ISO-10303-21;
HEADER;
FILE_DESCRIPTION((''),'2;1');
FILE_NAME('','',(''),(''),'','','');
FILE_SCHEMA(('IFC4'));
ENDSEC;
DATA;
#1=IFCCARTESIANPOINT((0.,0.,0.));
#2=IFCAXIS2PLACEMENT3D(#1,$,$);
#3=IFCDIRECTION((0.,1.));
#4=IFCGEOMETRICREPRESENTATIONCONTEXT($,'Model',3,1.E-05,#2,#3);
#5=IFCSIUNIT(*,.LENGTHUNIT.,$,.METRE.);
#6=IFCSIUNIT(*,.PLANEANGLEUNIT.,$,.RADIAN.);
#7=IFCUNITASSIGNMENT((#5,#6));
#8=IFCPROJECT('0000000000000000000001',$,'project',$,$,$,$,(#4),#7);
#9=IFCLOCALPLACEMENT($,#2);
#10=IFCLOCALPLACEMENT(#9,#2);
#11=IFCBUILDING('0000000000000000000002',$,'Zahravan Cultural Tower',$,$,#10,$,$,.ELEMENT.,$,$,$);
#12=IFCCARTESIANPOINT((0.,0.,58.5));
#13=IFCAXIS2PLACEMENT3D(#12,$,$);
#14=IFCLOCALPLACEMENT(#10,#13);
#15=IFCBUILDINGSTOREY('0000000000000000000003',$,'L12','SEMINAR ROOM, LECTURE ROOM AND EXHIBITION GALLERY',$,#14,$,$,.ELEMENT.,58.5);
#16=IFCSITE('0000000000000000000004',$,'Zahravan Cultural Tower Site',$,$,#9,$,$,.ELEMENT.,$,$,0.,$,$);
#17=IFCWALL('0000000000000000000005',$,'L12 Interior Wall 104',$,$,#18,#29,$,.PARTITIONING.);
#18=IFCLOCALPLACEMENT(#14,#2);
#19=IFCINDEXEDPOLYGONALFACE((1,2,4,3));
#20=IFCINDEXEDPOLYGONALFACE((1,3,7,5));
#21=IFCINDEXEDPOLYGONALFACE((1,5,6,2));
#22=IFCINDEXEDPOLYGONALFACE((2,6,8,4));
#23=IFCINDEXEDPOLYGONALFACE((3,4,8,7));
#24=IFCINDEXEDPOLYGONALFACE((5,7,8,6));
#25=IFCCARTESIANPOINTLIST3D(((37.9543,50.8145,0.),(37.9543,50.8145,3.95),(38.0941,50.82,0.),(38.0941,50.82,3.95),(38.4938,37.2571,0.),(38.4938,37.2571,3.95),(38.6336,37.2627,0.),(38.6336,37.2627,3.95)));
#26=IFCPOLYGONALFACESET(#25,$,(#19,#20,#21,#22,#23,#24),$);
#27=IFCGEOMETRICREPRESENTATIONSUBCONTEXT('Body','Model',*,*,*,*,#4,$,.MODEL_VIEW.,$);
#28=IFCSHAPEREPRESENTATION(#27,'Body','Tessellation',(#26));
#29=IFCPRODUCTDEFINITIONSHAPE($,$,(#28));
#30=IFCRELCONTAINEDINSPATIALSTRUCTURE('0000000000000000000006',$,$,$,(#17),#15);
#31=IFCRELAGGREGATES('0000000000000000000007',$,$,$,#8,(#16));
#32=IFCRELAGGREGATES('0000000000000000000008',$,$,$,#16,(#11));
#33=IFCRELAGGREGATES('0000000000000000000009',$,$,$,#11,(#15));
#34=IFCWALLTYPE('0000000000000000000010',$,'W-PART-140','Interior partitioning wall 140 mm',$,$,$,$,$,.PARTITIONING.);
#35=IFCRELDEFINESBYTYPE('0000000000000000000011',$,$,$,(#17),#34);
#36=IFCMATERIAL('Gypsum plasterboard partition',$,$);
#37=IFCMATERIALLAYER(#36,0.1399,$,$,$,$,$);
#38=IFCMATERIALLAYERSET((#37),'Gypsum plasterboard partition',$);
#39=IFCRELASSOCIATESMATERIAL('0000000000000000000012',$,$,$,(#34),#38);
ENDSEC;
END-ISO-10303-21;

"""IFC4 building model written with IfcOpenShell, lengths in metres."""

from ifc_helpers import new_model, si_unit, direction, frame, frame_2d, origin, place, context, subcontext, project, spatial, rectangle, extrude, source, transform, mapped, material, layer, layer_set, type_object, element, save


model = new_model("IFC4")

# Units and contexts
model_context = context("Model", 3, precision=1e-05, world=origin(), true_north=direction((0.0, 1.0)))
body_context = subcontext(model_context, "Body", "Model", "MODEL_VIEW")
ifc_project = project(units=[si_unit("LENGTHUNIT", "METRE"), si_unit("PLANEANGLEUNIT", "RADIAN")], contexts=[model_context])

# Site, building, storey
site_placement = place(None, origin())
site = spatial("IfcSite", under=ifc_project, at=site_placement, Name="Zahravan Cultural Tower Site", CompositionType="ELEMENT", RefElevation=0.0)
building_placement = place(site_placement, origin())
building = spatial("IfcBuilding", under=site, at=building_placement, Name="Zahravan Cultural Tower", CompositionType="ELEMENT")
storey_placement = place(building_placement, frame((0.0, 0.0, 58.5)))
storey = spatial("IfcBuildingStorey", under=building, at=storey_placement, Name="L12", Description="SEMINAR ROOM, LECTURE ROOM AND EXHIBITION GALLERY", CompositionType="ELEMENT", Elevation=58.5)

# Wall
ifc_material_1 = material(Name="Gypsum plasterboard partition")
ifc_layer_1 = layer(ifc_material_1, 0.1399)
ifc_layer_set_1 = layer_set([ifc_layer_1], Name="Gypsum plasterboard partition")
wall_type_1 = type_object("IfcWallType", Name="W-PART-140", Description="Interior partitioning wall 140 mm", PredefinedType="PARTITIONING", material=ifc_layer_set_1)
shared_shape_1 = source(origin(), body_context, "Body", "SweptSolid", [
    extrude(rectangle(XDim=13.5681, YDim=0.1399, at=frame_2d((6.7842, 0.0))), origin(), (0.0, 0.0, 1.0), 3.95),
])
wall_1_placement = place(storey_placement, frame((38.0242, 50.8174, 0.0), z_axis=(0.0, 0.0, 1.0), x_axis=(0.039766, -0.999209, 0.0)))
element("IfcWall", 1, at=wall_1_placement, inside=storey, type_object=wall_type_1, Name="L12 Interior Wall 104", PredefinedType="PARTITIONING", context=body_context, shape_type="MappedRepresentation", body=[
    mapped(shared_shape_1, transform((0.0, 0.0, 0.0), x_axis=(1.0, 0.0, 0.0), y_axis=(0.0, 1.0, 0.0), z_axis=(0.0, 0.0, 1.0), scale=1.0)),
])

save(model, "model.ifc")
